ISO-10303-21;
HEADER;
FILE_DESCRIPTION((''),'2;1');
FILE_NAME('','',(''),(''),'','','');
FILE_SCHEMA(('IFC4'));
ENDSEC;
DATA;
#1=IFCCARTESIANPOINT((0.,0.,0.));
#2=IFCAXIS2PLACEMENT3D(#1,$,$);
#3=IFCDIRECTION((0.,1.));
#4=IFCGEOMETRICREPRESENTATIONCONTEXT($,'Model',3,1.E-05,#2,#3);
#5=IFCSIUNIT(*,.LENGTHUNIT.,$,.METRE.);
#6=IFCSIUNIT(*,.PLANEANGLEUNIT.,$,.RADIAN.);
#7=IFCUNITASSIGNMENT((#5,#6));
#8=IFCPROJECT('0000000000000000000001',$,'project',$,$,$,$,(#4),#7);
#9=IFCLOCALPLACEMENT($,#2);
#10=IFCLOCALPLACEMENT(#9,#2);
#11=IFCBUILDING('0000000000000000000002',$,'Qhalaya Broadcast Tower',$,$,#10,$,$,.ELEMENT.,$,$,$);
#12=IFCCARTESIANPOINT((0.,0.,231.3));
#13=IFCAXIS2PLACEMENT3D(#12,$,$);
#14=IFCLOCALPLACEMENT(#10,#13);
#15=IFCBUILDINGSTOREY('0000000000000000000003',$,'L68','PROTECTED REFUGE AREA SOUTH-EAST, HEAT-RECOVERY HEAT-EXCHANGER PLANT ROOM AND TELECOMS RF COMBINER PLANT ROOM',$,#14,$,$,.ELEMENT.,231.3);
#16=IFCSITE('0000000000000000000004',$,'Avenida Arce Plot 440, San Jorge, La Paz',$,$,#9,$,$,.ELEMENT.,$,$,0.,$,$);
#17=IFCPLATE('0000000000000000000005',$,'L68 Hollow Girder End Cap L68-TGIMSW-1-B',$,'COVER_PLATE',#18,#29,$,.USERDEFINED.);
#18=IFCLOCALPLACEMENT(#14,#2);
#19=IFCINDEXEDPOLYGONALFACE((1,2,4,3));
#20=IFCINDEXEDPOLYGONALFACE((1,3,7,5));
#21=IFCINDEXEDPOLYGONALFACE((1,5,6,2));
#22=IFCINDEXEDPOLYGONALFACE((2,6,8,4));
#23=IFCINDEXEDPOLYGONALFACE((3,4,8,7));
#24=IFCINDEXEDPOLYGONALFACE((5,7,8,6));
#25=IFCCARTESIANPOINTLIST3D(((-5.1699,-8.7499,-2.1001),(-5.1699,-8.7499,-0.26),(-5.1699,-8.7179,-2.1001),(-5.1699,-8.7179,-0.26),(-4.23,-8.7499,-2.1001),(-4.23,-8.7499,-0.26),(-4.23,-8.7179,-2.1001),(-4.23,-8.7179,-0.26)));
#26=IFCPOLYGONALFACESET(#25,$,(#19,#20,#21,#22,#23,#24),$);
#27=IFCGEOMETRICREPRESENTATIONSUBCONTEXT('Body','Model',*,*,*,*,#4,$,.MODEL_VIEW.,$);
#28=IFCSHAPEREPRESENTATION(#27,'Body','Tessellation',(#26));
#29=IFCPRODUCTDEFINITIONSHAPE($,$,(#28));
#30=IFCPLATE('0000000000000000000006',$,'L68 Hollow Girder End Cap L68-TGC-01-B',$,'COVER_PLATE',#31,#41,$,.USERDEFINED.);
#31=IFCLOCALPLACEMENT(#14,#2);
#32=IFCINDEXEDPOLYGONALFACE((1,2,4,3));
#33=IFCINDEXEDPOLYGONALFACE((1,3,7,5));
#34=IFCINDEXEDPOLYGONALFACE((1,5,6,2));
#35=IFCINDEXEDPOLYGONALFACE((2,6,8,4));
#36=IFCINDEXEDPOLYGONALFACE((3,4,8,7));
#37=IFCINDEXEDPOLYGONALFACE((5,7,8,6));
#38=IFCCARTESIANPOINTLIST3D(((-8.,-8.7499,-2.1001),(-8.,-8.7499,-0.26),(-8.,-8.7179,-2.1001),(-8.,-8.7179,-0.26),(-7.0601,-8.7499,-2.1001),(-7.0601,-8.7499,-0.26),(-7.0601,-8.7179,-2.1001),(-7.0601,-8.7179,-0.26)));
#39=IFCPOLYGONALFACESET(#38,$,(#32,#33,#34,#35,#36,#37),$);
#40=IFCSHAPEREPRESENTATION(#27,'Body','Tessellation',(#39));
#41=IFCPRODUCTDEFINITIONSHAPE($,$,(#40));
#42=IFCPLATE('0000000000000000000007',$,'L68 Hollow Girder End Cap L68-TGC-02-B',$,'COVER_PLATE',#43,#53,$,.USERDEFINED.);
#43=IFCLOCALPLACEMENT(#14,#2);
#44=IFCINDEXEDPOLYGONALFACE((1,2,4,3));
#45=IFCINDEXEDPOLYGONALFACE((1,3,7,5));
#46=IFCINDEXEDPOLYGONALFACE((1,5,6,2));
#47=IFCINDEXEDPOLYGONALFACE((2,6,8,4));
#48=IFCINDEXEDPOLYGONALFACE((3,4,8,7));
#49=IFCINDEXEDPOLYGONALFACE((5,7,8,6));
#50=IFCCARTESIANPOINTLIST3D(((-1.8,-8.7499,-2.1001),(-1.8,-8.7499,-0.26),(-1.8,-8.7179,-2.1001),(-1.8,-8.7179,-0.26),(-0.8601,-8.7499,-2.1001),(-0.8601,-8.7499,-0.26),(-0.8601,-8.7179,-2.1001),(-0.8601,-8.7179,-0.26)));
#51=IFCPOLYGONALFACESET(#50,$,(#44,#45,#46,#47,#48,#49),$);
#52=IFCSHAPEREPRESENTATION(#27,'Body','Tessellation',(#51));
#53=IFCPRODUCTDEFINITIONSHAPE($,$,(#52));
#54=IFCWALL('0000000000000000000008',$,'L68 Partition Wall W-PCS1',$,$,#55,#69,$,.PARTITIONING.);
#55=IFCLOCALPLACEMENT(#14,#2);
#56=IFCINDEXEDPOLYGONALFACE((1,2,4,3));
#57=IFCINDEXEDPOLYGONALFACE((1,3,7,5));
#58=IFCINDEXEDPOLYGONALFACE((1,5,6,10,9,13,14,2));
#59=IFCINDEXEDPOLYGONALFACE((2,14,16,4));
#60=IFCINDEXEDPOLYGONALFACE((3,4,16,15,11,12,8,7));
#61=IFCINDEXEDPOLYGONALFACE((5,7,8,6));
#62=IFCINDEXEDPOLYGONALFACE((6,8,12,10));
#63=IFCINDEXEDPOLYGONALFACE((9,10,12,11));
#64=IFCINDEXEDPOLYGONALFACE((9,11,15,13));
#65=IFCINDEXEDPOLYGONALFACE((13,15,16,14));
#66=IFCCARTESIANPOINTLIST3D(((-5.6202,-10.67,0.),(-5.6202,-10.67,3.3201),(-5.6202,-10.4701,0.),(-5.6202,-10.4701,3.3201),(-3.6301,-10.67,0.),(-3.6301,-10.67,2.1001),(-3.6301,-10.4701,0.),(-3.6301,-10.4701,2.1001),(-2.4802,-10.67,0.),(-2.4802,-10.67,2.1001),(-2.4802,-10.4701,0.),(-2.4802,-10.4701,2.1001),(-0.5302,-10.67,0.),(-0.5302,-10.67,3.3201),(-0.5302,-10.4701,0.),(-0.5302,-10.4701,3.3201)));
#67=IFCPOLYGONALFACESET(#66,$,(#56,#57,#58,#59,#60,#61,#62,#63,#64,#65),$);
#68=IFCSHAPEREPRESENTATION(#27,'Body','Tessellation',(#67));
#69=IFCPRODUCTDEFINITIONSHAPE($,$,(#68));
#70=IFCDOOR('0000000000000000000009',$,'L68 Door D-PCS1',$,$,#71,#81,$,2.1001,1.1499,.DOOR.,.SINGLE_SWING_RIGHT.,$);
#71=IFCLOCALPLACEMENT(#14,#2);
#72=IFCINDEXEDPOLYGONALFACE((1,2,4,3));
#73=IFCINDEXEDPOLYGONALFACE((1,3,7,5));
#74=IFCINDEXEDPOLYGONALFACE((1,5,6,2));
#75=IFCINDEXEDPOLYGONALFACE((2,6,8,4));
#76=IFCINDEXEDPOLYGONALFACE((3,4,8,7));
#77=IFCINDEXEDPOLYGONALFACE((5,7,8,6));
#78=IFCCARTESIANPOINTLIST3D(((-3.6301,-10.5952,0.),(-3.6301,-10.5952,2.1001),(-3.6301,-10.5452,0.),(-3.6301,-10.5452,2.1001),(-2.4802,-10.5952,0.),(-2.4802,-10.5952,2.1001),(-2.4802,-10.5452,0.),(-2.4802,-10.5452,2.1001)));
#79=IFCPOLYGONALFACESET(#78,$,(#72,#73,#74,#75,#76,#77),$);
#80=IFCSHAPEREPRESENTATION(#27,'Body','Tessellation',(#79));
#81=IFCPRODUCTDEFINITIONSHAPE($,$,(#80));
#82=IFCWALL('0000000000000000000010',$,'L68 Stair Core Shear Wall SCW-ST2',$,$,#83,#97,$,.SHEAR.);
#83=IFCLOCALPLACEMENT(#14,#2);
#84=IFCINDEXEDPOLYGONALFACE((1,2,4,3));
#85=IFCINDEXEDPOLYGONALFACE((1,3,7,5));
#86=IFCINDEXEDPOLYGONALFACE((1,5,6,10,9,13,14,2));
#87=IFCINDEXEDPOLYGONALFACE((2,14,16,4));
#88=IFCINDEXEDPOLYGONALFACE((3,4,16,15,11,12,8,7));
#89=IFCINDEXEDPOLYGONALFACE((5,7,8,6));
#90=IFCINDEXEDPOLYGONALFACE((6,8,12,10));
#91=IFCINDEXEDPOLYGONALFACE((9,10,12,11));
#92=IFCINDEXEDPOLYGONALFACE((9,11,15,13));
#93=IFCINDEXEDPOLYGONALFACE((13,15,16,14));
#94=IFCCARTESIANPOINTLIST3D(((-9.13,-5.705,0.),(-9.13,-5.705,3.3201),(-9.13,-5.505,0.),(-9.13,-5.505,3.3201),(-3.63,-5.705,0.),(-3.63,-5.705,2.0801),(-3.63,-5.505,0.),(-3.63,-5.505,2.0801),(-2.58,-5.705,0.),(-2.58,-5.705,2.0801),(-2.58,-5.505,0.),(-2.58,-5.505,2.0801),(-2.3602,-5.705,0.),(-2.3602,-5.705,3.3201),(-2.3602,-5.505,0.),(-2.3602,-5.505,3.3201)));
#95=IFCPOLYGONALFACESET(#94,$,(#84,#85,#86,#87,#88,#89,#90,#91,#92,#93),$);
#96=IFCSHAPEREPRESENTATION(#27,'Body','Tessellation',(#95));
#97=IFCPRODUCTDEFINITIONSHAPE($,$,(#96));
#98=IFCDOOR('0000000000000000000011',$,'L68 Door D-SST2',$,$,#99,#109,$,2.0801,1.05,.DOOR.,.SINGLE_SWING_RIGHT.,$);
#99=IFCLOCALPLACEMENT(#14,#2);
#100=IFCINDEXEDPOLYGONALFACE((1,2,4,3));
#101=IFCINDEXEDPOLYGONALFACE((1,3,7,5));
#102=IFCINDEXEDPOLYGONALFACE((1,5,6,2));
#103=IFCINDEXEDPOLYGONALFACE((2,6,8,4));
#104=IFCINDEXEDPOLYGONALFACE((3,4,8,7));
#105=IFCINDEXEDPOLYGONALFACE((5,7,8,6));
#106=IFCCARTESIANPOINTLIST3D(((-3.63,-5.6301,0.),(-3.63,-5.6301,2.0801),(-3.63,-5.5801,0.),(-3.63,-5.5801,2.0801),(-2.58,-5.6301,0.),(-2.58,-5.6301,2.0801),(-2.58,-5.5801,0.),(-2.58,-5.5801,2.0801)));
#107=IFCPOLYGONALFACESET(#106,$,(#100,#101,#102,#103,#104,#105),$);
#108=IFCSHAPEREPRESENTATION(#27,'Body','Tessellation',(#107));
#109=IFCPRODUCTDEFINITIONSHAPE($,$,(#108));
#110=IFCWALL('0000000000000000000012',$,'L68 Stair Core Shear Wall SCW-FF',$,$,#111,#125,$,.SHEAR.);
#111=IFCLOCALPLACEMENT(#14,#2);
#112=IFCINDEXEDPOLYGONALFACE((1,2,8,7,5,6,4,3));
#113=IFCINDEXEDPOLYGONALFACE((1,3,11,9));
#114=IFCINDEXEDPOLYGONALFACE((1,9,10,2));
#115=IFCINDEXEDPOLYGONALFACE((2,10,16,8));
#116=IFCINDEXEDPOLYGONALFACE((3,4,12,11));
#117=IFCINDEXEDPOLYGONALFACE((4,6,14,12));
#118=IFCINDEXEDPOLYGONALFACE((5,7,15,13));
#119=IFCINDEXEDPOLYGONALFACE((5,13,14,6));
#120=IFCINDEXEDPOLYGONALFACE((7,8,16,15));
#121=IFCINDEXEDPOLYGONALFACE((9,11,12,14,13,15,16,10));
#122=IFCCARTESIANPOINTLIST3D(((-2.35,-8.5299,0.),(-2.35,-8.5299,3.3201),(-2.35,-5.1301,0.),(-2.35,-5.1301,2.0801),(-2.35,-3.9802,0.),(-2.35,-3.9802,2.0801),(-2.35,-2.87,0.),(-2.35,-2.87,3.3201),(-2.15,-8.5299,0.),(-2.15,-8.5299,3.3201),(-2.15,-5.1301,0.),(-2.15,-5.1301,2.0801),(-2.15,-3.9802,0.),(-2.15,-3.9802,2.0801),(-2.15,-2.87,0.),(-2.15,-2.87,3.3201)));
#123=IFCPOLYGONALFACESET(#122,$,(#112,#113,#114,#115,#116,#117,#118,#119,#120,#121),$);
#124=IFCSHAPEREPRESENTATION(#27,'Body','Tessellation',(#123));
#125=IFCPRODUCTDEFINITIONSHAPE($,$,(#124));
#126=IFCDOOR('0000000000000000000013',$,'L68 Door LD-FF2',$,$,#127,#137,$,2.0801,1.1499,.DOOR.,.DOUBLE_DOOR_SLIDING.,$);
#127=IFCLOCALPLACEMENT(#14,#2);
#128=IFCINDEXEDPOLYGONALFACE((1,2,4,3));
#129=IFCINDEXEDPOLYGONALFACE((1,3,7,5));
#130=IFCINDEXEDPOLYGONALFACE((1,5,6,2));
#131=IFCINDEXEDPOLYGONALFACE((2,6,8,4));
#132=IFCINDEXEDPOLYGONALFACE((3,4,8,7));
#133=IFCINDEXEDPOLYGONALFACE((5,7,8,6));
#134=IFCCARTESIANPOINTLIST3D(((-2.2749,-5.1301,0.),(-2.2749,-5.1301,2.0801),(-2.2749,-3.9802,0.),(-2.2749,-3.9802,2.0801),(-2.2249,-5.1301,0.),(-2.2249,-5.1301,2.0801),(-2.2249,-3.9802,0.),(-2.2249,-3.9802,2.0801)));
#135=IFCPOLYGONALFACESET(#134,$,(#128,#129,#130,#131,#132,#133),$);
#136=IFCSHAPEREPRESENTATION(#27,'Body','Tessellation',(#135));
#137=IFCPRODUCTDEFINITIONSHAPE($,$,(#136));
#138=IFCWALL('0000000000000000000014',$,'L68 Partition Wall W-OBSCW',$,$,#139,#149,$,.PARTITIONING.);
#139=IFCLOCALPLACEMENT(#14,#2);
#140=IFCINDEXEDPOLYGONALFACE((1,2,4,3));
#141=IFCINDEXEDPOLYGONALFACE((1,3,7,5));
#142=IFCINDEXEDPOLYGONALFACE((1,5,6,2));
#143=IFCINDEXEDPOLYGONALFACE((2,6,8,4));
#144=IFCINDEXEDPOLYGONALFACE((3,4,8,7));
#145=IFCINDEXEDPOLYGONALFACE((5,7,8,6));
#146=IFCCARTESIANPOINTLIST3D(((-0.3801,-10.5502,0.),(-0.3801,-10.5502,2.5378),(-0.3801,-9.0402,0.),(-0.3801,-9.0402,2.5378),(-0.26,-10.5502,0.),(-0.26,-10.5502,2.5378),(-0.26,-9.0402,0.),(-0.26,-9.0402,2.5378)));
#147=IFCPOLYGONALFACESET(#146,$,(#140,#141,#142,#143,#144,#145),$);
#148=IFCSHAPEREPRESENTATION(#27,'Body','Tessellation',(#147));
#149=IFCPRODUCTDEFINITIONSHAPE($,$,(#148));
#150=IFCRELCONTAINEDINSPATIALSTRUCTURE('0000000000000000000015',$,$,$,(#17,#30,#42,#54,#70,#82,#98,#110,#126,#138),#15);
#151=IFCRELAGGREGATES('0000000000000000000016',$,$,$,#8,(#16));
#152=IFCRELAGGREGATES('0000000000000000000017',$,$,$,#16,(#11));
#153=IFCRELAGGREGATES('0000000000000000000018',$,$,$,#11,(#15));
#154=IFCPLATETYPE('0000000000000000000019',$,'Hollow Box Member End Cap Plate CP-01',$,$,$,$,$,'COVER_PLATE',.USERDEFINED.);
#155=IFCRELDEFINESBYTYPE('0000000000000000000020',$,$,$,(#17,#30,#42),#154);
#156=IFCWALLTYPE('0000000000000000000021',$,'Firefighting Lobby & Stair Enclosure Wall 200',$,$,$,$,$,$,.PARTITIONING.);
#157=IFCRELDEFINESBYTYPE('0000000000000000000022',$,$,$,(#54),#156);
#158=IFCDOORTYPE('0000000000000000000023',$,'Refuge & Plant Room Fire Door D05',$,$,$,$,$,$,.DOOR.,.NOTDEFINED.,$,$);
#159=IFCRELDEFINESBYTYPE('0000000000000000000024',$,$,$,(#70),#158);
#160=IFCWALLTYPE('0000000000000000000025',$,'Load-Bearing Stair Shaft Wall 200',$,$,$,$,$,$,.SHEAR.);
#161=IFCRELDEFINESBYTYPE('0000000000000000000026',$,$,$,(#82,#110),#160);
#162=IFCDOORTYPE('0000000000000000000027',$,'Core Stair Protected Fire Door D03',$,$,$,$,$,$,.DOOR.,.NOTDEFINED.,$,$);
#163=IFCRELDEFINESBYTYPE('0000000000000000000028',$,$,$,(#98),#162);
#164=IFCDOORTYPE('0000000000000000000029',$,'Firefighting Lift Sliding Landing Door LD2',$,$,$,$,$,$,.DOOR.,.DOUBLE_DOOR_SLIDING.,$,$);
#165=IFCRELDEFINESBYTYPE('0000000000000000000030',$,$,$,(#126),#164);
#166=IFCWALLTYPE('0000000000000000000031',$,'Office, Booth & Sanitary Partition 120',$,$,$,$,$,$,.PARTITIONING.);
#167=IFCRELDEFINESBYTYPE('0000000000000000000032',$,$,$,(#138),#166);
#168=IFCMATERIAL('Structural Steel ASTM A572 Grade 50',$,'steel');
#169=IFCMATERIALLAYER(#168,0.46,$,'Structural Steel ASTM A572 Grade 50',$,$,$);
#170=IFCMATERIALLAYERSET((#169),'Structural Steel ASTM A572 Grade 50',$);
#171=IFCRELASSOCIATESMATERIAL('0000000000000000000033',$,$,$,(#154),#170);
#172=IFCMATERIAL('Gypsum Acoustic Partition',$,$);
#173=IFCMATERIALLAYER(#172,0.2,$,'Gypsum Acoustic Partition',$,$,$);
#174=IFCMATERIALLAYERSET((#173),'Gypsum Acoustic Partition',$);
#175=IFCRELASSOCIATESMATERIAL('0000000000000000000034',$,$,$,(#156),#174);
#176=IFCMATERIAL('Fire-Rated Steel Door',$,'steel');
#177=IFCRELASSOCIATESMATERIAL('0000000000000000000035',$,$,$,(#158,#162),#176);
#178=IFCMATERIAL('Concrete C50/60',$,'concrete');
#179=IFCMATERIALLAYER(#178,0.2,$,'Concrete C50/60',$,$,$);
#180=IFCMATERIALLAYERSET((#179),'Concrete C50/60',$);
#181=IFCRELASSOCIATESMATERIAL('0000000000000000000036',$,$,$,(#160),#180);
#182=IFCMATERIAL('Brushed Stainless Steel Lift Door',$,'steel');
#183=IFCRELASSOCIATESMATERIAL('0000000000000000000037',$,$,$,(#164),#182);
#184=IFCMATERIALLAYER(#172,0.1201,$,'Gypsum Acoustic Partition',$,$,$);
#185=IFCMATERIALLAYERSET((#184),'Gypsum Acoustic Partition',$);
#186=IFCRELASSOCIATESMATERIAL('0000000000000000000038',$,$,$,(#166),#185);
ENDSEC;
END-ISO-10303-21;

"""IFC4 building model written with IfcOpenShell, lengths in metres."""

from ifc_helpers import new_model, si_unit, direction, frame, frame_2d, origin, origin_2d, place, context, subcontext, project, spatial, rectangle, extrude, material, layer, layer_set, type_object, element, fill, save


model = new_model("IFC4")

# Units and contexts
model_context = context("Model", 3, precision=1e-05, world=origin(), true_north=direction((0.0, 1.0)))
body_context = subcontext(model_context, "Body", "Model", "MODEL_VIEW")
ifc_project = project(units=[si_unit("LENGTHUNIT", "METRE"), si_unit("PLANEANGLEUNIT", "RADIAN")], contexts=[model_context])

# Site, building, storey
site_placement = place(None, origin())
site = spatial("IfcSite", under=ifc_project, at=site_placement, Name="Avenida Arce Plot 440, San Jorge, La Paz", CompositionType="ELEMENT", RefElevation=0.0)
building_placement = place(site_placement, origin())
building = spatial("IfcBuilding", under=site, at=building_placement, Name="Qhalaya Broadcast Tower", CompositionType="ELEMENT")
storey_placement = place(building_placement, frame((0.0, 0.0, 231.3)))
storey = spatial("IfcBuildingStorey", under=building, at=storey_placement, Name="L68", Description="PROTECTED REFUGE AREA SOUTH-EAST, HEAT-RECOVERY HEAT-EXCHANGER PLANT ROOM AND TELECOMS RF COMBINER PLANT ROOM", CompositionType="ELEMENT", Elevation=231.3)

# Shared definitions
ifc_material_1 = material(Name="Concrete C50/60", Category="concrete")

# Plates
ifc_material_2 = material(Name="Structural Steel ASTM A572 Grade 50", Category="steel")
ifc_layer_1 = layer(ifc_material_2, 0.46, Name="Structural Steel ASTM A572 Grade 50")
ifc_layer_set_1 = layer_set([ifc_layer_1], Name="Structural Steel ASTM A572 Grade 50")
plate_type = type_object("IfcPlateType", Name="Hollow Box Member End Cap Plate CP-01", ElementType="COVER_PLATE", PredefinedType="USERDEFINED", material=ifc_layer_set_1)
for number, where, z_axis, x_axis, name in (
    (1, (-4.7, -8.7339, -2.1001), (0.0, 0.0, 1.0), (-1.0, 0.0, 0.0), "L68 Hollow Girder End Cap L68-TGIMSW-1-B"),
    (2, (-7.53, -8.7339, -2.1001), (0.0, 0.0, 1.0), (-1.0, 0.0, 0.0), "L68 Hollow Girder End Cap L68-TGC-01-B"),
    (3, (-1.3301, -8.7339, -2.1001), (0.0, 0.0, 1.0), (-1.0, 0.0, 0.0), "L68 Hollow Girder End Cap L68-TGC-02-B"),
):
    element("IfcPlate", number, at=place(storey_placement, frame(where, z_axis=z_axis, x_axis=x_axis)), inside=storey, type_object=plate_type, Name=name, ObjectType="COVER_PLATE", PredefinedType="USERDEFINED", context=body_context, shape_type="SweptSolid", body=[
        extrude(rectangle(XDim=0.9399, YDim=0.032, at=origin_2d()), origin(), (0.0, 0.0, 1.0), 1.8401),
    ])

# Walls, openings, doors
ifc_material_3 = material(Name="Gypsum Acoustic Partition")
ifc_layer_2 = layer(ifc_material_3, 0.2, Name="Gypsum Acoustic Partition")
ifc_layer_set_2 = layer_set([ifc_layer_2], Name="Gypsum Acoustic Partition")
wall_type_1 = type_object("IfcWallType", Name="Firefighting Lobby & Stair Enclosure Wall 200", PredefinedType="PARTITIONING", material=ifc_layer_set_2)
wall_1_placement = place(storey_placement, frame((-5.6201, -10.5701, 0.0), z_axis=(0.0, 0.0, 1.0), x_axis=(1.0, 0.0, 0.0)))
wall_1 = element("IfcWall", 4, at=wall_1_placement, inside=storey, type_object=wall_type_1, Name="L68 Partition Wall W-PCS1", PredefinedType="PARTITIONING", context=body_context, shape_type="SweptSolid", body=[
    extrude(rectangle(XDim=5.0901, YDim=0.2, at=frame_2d((2.5449, 0.0))), origin(), (0.0, 0.0, 1.0), 3.3201),
])
opening_1_placement = place(wall_1_placement, frame((1.99, 0.0, 0.0)))
opening_1 = element("IfcOpeningElement", 5, at=opening_1_placement, cuts=wall_1, PredefinedType="OPENING", context=body_context, shape_type="SweptSolid", body=[
    extrude(rectangle(XDim=1.1499, YDim=2.1001, at=frame_2d((0.575, 1.05))), frame((0.0, 0.1121, 0.0), z_axis=(0.0, -1.0, 0.0), x_axis=(1.0, 0.0, 0.0)), (0.0, 0.0, 1.0), 0.2239),
])
ifc_material_4 = material(Name="Fire-Rated Steel Door", Category="steel")
door_type_1 = type_object("IfcDoorType", Name="Refuge & Plant Room Fire Door D05", OperationType="NOTDEFINED", PredefinedType="DOOR", material=ifc_material_4)
door_1_placement = place(opening_1_placement, origin())
door_1 = element("IfcDoor", 6, at=door_1_placement, inside=storey, type_object=door_type_1, Name="L68 Door D-PCS1", OperationType="SINGLE_SWING_RIGHT", OverallHeight=2.1001, OverallWidth=1.1499, PredefinedType="DOOR", context=body_context, shape_type="SweptSolid", body=[
    extrude(rectangle(XDim=1.1499, YDim=2.1001, at=frame_2d((0.575, 1.05))), frame((0.0, 0.0249, 0.0), z_axis=(0.0, -1.0, 0.0), x_axis=(1.0, 0.0, 0.0)), (0.0, 0.0, 1.0), 0.05),
])
fill(opening_1, door_1)
ifc_layer_3 = layer(ifc_material_1, 0.2, Name="Concrete C50/60")
ifc_layer_set_3 = layer_set([ifc_layer_3], Name="Concrete C50/60")
wall_type_2 = type_object("IfcWallType", Name="Load-Bearing Stair Shaft Wall 200", PredefinedType="SHEAR", material=ifc_layer_set_3)
wall_2_placement = place(storey_placement, frame((-9.1299, -5.605, 0.0), z_axis=(0.0, 0.0, 1.0), x_axis=(1.0, 0.0, 0.0)))
wall_2 = element("IfcWall", 7, at=wall_2_placement, inside=storey, type_object=wall_type_2, Name="L68 Stair Core Shear Wall SCW-ST2", PredefinedType="SHEAR", context=body_context, shape_type="SweptSolid", body=[
    extrude(rectangle(XDim=6.7698, YDim=0.2, at=frame_2d((3.3848, 0.0))), origin(), (0.0, 0.0, 1.0), 3.3201),
])
opening_2_placement = place(wall_2_placement, frame((5.5, 0.0, 0.0)))
opening_2 = element("IfcOpeningElement", 8, at=opening_2_placement, cuts=wall_2, PredefinedType="OPENING", context=body_context, shape_type="SweptSolid", body=[
    extrude(rectangle(XDim=1.05, YDim=2.0801, at=frame_2d((0.5249, 1.04))), frame((0.0, 0.1121, 0.0), z_axis=(0.0, -1.0, 0.0), x_axis=(1.0, 0.0, 0.0)), (0.0, 0.0, 1.0), 0.2239),
])
door_type_2 = type_object("IfcDoorType", Name="Core Stair Protected Fire Door D03", OperationType="NOTDEFINED", PredefinedType="DOOR", material=ifc_material_4)
door_2_placement = place(opening_2_placement, origin())
door_2 = element("IfcDoor", 9, at=door_2_placement, inside=storey, type_object=door_type_2, Name="L68 Door D-SST2", OperationType="SINGLE_SWING_RIGHT", OverallHeight=2.0801, OverallWidth=1.05, PredefinedType="DOOR", context=body_context, shape_type="SweptSolid", body=[
    extrude(rectangle(XDim=1.05, YDim=2.0801, at=frame_2d((0.5249, 1.04))), frame((0.0, 0.0249, 0.0), z_axis=(0.0, -1.0, 0.0), x_axis=(1.0, 0.0, 0.0)), (0.0, 0.0, 1.0), 0.05),
])
fill(opening_2, door_2)
wall_3_placement = place(storey_placement, frame((-2.25, -8.53, 0.0), z_axis=(0.0, 0.0, 1.0), x_axis=(0.0, 1.0, 0.0)))
wall_3 = element("IfcWall", 10, at=wall_3_placement, inside=storey, type_object=wall_type_2, Name="L68 Stair Core Shear Wall SCW-FF", PredefinedType="SHEAR", context=body_context, shape_type="SweptSolid", body=[
    extrude(rectangle(XDim=5.6599, YDim=0.2, at=frame_2d((2.8301, 0.0))), origin(), (0.0, 0.0, 1.0), 3.3201),
])
opening_3_placement = place(wall_3_placement, frame((3.3999, 0.0, 0.0)))
opening_3 = element("IfcOpeningElement", 11, at=opening_3_placement, cuts=wall_3, PredefinedType="OPENING", context=body_context, shape_type="SweptSolid", body=[
    extrude(rectangle(XDim=1.1499, YDim=2.0801, at=frame_2d((0.575, 1.04))), frame((0.0, 0.1121, 0.0), z_axis=(0.0, -1.0, 0.0), x_axis=(1.0, 0.0, 0.0)), (0.0, 0.0, 1.0), 0.2239),
])
ifc_material_5 = material(Name="Brushed Stainless Steel Lift Door", Category="steel")
door_type_3 = type_object("IfcDoorType", Name="Firefighting Lift Sliding Landing Door LD2", OperationType="DOUBLE_DOOR_SLIDING", PredefinedType="DOOR", material=ifc_material_5)
door_3_placement = place(opening_3_placement, origin())
door_3 = element("IfcDoor", 12, at=door_3_placement, inside=storey, type_object=door_type_3, Name="L68 Door LD-FF2", OperationType="DOUBLE_DOOR_SLIDING", OverallHeight=2.0801, OverallWidth=1.1499, PredefinedType="DOOR", context=body_context, shape_type="SweptSolid", body=[
    extrude(rectangle(XDim=1.1499, YDim=2.0801, at=frame_2d((0.575, 1.04))), frame((0.0, 0.0249, 0.0), z_axis=(0.0, -1.0, 0.0), x_axis=(1.0, 0.0, 0.0)), (0.0, 0.0, 1.0), 0.05),
])
fill(opening_3, door_3)

# Wall
ifc_layer_4 = layer(ifc_material_3, 0.1201, Name="Gypsum Acoustic Partition")
ifc_layer_set_4 = layer_set([ifc_layer_4], Name="Gypsum Acoustic Partition")
wall_type_3 = type_object("IfcWallType", Name="Office, Booth & Sanitary Partition 120", PredefinedType="PARTITIONING", material=ifc_layer_set_4)
wall_4_placement = place(storey_placement, frame((-0.3201, -10.55, 0.0), z_axis=(0.0, 0.0, 1.0), x_axis=(0.0, 1.0, 0.0)))
element("IfcWall", 13, at=wall_4_placement, inside=storey, type_object=wall_type_3, Name="L68 Partition Wall W-OBSCW", PredefinedType="PARTITIONING", context=body_context, shape_type="SweptSolid", body=[
    extrude(rectangle(XDim=1.51, YDim=0.1201, at=frame_2d((0.7549, 0.0))), origin(), (0.0, 0.0, 1.0), 2.5378),
])

save(model, "model.ifc")
